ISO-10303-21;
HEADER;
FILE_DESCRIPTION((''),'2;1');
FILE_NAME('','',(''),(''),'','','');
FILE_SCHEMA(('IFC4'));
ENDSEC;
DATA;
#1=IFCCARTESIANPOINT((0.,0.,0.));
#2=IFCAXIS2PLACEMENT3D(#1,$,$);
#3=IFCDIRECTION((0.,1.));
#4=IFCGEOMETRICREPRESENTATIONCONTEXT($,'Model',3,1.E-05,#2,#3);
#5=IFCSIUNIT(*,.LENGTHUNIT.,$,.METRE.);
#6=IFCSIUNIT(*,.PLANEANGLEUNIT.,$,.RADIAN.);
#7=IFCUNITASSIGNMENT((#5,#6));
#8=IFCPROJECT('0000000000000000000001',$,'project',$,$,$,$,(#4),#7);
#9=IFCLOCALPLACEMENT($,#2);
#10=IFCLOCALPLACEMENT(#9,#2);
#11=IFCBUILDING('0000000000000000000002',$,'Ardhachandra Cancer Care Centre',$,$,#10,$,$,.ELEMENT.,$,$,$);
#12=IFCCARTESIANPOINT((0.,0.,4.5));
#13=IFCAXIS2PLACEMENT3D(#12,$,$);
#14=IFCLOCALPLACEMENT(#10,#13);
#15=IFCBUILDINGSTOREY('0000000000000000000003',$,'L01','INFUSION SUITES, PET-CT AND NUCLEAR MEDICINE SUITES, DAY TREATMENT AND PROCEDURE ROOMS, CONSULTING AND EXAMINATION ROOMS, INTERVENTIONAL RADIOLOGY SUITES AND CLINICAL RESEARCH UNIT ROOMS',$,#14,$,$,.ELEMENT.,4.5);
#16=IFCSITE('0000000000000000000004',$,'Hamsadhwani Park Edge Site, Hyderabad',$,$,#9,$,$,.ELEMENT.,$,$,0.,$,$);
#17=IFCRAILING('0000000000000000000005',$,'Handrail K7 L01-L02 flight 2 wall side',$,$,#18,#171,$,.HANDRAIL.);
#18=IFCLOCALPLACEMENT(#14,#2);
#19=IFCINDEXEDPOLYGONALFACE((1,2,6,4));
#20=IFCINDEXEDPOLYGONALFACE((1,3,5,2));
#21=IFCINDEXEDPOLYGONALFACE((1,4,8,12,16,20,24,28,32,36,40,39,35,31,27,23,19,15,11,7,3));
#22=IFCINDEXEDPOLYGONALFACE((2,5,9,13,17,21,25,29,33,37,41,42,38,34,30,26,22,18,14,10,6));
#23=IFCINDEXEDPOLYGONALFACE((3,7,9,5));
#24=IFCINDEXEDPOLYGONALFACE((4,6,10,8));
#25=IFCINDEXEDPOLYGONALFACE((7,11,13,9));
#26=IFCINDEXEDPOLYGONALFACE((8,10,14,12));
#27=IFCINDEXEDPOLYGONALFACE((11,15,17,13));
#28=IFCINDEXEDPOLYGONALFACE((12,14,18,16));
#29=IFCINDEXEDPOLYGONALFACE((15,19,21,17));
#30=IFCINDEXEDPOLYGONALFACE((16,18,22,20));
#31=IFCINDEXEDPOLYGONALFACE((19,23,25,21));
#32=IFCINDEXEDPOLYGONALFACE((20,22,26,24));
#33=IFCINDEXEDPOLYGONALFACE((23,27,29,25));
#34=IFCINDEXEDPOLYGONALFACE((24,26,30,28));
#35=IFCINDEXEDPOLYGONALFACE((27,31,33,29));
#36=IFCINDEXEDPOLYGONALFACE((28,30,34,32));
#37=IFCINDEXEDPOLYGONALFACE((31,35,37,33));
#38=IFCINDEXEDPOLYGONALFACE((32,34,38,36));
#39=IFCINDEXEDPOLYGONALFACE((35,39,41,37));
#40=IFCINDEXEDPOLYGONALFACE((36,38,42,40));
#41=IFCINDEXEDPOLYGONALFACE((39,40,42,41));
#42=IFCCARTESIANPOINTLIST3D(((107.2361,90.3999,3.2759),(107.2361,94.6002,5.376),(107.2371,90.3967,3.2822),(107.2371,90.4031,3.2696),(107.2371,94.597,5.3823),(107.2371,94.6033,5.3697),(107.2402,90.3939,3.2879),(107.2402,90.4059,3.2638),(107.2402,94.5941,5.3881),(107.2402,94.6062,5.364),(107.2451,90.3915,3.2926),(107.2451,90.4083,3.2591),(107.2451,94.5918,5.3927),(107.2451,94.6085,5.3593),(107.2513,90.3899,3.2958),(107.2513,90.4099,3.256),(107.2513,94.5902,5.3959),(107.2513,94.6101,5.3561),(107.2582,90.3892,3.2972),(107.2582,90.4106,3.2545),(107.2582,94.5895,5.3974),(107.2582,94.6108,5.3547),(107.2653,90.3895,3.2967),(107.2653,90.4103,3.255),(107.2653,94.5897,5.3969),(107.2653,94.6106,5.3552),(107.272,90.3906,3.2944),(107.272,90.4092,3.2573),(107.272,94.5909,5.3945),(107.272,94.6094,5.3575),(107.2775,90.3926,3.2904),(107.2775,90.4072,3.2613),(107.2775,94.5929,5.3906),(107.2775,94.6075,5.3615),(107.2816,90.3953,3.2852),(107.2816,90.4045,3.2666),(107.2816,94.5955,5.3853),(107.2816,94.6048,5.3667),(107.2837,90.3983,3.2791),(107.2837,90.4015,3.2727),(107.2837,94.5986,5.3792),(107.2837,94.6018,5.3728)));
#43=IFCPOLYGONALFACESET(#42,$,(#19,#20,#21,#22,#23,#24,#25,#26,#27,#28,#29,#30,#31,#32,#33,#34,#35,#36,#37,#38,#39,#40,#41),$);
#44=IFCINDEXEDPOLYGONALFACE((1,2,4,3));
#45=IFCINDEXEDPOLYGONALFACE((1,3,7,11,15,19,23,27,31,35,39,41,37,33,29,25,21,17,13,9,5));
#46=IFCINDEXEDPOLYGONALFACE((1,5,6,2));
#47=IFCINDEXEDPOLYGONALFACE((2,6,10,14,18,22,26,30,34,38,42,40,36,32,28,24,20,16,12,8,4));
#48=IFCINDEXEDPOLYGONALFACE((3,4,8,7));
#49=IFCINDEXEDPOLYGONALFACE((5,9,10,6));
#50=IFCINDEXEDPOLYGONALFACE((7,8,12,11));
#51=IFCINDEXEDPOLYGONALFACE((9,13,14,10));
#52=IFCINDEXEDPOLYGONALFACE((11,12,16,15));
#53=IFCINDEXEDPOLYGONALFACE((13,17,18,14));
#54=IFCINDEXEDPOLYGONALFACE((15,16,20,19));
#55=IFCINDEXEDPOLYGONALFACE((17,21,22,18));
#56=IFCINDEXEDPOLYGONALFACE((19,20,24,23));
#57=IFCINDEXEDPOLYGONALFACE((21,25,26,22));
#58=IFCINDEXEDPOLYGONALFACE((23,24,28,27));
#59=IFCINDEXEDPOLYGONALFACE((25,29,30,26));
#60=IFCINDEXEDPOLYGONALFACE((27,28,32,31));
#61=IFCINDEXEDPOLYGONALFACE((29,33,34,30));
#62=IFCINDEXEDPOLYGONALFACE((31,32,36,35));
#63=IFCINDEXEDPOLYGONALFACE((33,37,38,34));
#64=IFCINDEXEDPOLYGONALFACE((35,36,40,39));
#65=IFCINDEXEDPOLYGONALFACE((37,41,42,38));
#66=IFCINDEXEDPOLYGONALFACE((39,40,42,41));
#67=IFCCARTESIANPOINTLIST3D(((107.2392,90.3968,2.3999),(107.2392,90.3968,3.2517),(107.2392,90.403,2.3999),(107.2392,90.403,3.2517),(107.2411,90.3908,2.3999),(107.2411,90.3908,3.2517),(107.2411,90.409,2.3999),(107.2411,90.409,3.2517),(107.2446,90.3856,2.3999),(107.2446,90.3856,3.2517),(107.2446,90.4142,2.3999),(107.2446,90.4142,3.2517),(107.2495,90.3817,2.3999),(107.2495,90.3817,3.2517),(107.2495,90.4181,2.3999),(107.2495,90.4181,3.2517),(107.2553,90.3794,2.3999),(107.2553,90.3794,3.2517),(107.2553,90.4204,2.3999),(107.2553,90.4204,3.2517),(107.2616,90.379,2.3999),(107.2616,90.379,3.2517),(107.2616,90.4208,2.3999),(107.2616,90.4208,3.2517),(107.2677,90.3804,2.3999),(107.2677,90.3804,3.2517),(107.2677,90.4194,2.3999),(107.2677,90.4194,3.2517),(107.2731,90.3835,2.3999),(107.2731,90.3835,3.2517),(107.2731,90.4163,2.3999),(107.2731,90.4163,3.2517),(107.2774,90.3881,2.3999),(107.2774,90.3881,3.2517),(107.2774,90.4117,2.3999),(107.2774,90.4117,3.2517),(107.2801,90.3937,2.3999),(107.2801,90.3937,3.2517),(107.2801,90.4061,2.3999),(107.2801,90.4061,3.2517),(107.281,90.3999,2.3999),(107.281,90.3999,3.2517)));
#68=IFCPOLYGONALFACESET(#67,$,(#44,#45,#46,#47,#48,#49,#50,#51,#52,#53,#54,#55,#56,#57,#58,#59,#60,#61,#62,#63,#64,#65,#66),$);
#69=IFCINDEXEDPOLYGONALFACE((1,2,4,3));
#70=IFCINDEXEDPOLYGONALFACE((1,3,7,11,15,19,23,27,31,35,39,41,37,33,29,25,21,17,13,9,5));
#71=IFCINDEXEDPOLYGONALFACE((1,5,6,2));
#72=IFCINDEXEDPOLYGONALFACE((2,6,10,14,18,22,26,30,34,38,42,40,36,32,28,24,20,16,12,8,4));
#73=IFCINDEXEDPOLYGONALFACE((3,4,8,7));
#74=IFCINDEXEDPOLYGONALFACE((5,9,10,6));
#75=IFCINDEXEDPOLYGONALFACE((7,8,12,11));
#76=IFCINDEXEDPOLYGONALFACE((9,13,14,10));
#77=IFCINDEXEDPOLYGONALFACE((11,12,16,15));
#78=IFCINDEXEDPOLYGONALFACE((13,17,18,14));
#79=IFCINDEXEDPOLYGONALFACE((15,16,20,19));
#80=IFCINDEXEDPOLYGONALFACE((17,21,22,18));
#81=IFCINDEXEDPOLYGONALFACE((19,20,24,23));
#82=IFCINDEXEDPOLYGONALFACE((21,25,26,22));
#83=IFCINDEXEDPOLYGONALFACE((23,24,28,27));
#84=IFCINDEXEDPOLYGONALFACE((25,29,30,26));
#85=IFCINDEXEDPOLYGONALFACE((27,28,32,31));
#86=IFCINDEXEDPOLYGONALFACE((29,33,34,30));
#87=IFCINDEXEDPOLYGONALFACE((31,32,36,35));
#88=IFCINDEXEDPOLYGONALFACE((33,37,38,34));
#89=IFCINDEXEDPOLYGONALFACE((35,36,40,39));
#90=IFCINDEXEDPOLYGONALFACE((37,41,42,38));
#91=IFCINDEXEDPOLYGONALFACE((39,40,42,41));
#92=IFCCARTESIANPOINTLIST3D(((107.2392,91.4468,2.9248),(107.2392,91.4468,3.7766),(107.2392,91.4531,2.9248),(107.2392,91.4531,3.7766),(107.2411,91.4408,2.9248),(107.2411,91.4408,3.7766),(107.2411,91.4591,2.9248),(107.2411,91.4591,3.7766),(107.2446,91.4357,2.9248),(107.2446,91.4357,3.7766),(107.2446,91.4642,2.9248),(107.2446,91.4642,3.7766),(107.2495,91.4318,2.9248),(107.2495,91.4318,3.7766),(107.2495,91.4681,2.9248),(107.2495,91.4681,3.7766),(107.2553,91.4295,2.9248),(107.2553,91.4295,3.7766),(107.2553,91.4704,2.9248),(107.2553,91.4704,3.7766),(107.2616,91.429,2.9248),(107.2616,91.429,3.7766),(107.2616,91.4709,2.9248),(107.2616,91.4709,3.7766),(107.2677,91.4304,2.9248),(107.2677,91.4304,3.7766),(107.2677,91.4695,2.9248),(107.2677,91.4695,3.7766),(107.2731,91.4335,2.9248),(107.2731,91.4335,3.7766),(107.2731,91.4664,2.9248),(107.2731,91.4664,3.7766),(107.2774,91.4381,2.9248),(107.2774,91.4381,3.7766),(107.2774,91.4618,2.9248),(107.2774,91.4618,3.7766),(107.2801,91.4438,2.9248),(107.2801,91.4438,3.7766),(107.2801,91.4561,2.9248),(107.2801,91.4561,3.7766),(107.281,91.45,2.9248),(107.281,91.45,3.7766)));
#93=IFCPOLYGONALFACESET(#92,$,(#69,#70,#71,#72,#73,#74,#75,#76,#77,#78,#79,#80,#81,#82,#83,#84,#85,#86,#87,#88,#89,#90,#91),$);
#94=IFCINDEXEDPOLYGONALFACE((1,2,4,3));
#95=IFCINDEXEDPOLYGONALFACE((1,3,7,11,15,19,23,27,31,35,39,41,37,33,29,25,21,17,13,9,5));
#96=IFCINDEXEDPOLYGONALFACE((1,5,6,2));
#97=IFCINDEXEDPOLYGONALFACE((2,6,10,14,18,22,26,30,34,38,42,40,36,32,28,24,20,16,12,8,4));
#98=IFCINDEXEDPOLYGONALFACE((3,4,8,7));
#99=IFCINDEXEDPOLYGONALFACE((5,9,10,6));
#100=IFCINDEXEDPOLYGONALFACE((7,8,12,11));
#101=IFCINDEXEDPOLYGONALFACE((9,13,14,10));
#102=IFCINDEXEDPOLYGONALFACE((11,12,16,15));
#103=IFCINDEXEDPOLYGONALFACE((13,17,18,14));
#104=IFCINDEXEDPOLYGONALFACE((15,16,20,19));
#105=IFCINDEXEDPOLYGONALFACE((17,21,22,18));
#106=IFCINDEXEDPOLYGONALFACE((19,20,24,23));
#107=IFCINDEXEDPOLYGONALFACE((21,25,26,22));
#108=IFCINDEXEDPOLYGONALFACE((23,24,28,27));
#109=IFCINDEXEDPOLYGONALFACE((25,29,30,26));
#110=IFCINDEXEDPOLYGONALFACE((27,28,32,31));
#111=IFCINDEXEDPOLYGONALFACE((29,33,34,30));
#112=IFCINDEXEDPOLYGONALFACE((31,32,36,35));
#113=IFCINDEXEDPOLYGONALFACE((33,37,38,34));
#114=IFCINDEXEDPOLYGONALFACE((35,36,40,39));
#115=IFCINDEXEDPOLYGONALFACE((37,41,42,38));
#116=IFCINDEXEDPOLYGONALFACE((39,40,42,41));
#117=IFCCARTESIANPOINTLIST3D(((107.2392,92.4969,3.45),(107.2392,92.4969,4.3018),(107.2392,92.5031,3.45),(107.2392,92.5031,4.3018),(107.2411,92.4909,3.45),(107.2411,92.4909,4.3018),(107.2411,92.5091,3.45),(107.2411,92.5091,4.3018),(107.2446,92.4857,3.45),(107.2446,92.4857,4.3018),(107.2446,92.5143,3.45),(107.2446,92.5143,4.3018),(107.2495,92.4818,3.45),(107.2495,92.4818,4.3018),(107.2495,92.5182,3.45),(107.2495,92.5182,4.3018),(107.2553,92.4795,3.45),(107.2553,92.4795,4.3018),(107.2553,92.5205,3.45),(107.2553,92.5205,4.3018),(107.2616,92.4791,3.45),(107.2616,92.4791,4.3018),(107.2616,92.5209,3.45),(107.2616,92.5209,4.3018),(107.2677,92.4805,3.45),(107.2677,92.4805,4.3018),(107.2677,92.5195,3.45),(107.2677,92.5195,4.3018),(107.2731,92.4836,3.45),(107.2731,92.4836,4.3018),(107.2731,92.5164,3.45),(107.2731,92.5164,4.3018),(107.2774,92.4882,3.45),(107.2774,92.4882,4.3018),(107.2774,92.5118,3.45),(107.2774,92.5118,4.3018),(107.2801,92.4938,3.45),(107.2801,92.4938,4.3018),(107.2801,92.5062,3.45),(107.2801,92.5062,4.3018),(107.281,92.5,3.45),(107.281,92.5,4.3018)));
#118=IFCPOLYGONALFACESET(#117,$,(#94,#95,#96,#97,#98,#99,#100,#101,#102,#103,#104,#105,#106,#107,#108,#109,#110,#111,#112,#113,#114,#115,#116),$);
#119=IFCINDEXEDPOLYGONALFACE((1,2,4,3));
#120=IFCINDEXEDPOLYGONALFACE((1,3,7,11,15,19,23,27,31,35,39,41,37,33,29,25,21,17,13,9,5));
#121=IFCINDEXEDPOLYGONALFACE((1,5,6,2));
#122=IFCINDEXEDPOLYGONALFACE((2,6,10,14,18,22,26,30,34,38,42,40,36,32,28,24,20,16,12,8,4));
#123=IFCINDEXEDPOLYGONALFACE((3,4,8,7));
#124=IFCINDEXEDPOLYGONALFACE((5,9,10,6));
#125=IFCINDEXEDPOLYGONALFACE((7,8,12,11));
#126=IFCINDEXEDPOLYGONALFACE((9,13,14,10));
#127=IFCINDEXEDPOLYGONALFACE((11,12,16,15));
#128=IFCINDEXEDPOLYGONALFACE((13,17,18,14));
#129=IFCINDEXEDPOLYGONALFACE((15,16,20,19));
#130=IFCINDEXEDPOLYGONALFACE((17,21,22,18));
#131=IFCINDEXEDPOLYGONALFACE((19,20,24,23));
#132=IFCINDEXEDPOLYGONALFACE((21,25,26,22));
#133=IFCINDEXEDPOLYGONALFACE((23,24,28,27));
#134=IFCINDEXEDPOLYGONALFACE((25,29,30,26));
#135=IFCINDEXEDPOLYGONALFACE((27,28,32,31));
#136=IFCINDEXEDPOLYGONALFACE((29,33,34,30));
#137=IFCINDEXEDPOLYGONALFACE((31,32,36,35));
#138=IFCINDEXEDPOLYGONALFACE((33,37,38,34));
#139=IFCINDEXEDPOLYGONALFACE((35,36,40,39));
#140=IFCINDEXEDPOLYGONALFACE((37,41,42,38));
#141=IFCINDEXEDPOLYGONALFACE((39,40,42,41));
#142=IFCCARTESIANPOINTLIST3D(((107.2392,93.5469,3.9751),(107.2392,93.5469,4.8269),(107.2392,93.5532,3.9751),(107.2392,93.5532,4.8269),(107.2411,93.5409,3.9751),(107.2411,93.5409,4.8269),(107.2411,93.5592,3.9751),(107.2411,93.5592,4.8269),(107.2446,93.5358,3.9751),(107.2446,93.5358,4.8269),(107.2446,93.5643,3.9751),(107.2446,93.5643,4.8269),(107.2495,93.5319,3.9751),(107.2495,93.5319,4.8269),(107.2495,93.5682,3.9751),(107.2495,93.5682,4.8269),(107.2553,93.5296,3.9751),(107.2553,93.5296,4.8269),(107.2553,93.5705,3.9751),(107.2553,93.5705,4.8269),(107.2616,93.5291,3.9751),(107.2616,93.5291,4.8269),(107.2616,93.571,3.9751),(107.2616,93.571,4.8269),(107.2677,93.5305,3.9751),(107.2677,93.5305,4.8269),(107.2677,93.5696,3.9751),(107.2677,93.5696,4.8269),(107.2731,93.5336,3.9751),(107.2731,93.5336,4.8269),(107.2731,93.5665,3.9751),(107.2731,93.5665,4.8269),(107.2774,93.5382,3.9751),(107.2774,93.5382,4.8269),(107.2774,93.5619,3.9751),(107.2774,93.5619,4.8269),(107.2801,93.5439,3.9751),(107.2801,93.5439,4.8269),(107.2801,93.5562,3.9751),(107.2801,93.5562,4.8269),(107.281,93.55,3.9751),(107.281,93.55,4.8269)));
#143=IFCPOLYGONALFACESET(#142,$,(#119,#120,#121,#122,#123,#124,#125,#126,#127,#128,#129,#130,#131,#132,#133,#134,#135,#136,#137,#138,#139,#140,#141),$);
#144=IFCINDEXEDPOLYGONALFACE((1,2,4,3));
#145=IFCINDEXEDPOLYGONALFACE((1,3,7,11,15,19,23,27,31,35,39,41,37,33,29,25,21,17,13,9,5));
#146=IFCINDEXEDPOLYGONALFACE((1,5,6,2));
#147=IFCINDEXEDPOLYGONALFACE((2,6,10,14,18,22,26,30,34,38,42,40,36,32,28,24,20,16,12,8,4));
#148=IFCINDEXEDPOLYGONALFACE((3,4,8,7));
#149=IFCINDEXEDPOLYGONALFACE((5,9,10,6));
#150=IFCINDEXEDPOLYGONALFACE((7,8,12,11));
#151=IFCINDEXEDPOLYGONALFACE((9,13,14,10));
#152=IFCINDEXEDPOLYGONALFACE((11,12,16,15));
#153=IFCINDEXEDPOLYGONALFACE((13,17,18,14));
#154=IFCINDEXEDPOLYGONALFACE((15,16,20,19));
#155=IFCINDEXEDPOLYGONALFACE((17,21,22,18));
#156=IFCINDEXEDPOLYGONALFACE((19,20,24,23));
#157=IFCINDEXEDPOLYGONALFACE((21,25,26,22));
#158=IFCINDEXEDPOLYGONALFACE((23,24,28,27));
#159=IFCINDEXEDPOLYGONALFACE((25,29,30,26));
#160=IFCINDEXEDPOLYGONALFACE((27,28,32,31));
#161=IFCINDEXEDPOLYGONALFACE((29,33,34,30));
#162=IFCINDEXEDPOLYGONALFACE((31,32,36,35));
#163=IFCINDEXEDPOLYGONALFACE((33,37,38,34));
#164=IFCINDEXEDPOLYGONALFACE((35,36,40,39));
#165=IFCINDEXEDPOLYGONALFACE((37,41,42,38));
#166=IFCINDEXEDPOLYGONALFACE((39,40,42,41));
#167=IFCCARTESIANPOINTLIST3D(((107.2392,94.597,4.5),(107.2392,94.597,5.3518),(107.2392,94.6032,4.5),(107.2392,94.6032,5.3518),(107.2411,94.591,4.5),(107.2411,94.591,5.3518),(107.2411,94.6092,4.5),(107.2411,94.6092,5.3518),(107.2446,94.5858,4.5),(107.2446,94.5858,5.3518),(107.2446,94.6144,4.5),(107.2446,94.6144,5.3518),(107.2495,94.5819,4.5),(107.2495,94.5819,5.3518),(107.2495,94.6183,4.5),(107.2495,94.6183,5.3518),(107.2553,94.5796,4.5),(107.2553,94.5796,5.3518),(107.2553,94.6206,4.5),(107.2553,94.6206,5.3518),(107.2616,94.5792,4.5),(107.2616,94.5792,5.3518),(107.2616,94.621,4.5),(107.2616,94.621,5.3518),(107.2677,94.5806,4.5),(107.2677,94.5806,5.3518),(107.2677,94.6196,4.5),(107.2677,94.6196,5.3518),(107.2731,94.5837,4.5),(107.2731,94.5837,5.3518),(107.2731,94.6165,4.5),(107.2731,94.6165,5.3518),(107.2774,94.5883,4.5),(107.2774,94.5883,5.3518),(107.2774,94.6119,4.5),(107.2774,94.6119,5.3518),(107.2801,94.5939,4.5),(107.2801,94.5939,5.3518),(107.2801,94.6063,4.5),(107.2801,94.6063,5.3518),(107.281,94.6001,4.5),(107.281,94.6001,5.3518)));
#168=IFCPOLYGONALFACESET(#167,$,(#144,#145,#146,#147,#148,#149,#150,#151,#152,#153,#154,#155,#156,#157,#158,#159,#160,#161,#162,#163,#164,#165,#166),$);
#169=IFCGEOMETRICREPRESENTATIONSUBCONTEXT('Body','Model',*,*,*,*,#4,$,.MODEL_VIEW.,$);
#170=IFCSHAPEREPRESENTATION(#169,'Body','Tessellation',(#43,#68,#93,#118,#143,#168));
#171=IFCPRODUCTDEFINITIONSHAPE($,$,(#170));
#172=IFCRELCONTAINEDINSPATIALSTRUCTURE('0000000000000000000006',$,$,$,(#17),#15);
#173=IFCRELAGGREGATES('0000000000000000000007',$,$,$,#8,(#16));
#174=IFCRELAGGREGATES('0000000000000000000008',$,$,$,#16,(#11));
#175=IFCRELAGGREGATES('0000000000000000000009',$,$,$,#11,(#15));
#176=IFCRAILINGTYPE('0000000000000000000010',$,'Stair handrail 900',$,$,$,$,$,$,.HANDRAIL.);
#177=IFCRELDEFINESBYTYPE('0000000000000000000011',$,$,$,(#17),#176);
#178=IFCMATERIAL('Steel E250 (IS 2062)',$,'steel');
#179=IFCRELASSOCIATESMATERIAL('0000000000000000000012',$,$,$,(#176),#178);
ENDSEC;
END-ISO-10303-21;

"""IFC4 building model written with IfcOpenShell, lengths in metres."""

from ifc_helpers import new_model, si_unit, direction, frame, origin, origin_2d, place, context, subcontext, project, spatial, circle, extrude, material, type_object, element, save


model = new_model("IFC4")

# Units and contexts
model_context = context("Model", 3, precision=1e-05, world=origin(), true_north=direction((0.0, 1.0)))
body_context = subcontext(model_context, "Body", "Model", "MODEL_VIEW")
ifc_project = project(units=[si_unit("LENGTHUNIT", "METRE"), si_unit("PLANEANGLEUNIT", "RADIAN")], contexts=[model_context])

# Site, building, storey
site_placement = place(None, origin())
site = spatial("IfcSite", under=ifc_project, at=site_placement, Name="Hamsadhwani Park Edge Site, Hyderabad", CompositionType="ELEMENT", RefElevation=0.0)
building_placement = place(site_placement, origin())
building = spatial("IfcBuilding", under=site, at=building_placement, Name="Ardhachandra Cancer Care Centre", CompositionType="ELEMENT")
storey_placement = place(building_placement, frame((0.0, 0.0, 4.5)))
storey = spatial("IfcBuildingStorey", under=building, at=storey_placement, Name="L01", Description="INFUSION SUITES, PET-CT AND NUCLEAR MEDICINE SUITES, DAY TREATMENT AND PROCEDURE ROOMS, CONSULTING AND EXAMINATION ROOMS, INTERVENTIONAL RADIOLOGY SUITES AND CLINICAL RESEARCH UNIT ROOMS", CompositionType="ELEMENT", Elevation=4.5)

# Railing
ifc_material_1 = material(Name="Steel E250 (IS 2062)", Category="steel")
railing_type_1 = type_object("IfcRailingType", Name="Stair handrail 900", PredefinedType="HANDRAIL", material=ifc_material_1)
for number, where, name in (
    (1, (107.26, 90.3999, 2.3999), "Handrail K7 L01-L02 flight 2 wall side"),
):
    element("IfcRailing", number, at=place(storey_placement, frame(where)), inside=storey, type_object=railing_type_1, Name=name, PredefinedType="HANDRAIL", context=body_context, shape_type="SweptSolid", body=[
        extrude(circle(Radius=0.0239, at=origin_2d()), frame((0.0, 0.0, 0.876), z_axis=(0.0, 0.894427, 0.447214), x_axis=(-1.0, 0.0, 0.0)), (0.0, 0.0, 1.0), 4.696),
        extrude(circle(Radius=0.021, at=origin_2d()), origin(), (0.0, 0.0, 1.0), 0.8518),
        extrude(circle(Radius=0.021, at=origin_2d()), frame((0.0, 1.05, 0.5249)), (0.0, 0.0, 1.0), 0.8518),
        extrude(circle(Radius=0.021, at=origin_2d()), frame((0.0, 2.1001, 1.05)), (0.0, 0.0, 1.0), 0.8518),
        extrude(circle(Radius=0.021, at=origin_2d()), frame((0.0, 3.1501, 1.5752)), (0.0, 0.0, 1.0), 0.8518),
        extrude(circle(Radius=0.021, at=origin_2d()), frame((0.0, 4.2002, 2.1001)), (0.0, 0.0, 1.0), 0.8518),
    ])

save(model, "model.ifc")
